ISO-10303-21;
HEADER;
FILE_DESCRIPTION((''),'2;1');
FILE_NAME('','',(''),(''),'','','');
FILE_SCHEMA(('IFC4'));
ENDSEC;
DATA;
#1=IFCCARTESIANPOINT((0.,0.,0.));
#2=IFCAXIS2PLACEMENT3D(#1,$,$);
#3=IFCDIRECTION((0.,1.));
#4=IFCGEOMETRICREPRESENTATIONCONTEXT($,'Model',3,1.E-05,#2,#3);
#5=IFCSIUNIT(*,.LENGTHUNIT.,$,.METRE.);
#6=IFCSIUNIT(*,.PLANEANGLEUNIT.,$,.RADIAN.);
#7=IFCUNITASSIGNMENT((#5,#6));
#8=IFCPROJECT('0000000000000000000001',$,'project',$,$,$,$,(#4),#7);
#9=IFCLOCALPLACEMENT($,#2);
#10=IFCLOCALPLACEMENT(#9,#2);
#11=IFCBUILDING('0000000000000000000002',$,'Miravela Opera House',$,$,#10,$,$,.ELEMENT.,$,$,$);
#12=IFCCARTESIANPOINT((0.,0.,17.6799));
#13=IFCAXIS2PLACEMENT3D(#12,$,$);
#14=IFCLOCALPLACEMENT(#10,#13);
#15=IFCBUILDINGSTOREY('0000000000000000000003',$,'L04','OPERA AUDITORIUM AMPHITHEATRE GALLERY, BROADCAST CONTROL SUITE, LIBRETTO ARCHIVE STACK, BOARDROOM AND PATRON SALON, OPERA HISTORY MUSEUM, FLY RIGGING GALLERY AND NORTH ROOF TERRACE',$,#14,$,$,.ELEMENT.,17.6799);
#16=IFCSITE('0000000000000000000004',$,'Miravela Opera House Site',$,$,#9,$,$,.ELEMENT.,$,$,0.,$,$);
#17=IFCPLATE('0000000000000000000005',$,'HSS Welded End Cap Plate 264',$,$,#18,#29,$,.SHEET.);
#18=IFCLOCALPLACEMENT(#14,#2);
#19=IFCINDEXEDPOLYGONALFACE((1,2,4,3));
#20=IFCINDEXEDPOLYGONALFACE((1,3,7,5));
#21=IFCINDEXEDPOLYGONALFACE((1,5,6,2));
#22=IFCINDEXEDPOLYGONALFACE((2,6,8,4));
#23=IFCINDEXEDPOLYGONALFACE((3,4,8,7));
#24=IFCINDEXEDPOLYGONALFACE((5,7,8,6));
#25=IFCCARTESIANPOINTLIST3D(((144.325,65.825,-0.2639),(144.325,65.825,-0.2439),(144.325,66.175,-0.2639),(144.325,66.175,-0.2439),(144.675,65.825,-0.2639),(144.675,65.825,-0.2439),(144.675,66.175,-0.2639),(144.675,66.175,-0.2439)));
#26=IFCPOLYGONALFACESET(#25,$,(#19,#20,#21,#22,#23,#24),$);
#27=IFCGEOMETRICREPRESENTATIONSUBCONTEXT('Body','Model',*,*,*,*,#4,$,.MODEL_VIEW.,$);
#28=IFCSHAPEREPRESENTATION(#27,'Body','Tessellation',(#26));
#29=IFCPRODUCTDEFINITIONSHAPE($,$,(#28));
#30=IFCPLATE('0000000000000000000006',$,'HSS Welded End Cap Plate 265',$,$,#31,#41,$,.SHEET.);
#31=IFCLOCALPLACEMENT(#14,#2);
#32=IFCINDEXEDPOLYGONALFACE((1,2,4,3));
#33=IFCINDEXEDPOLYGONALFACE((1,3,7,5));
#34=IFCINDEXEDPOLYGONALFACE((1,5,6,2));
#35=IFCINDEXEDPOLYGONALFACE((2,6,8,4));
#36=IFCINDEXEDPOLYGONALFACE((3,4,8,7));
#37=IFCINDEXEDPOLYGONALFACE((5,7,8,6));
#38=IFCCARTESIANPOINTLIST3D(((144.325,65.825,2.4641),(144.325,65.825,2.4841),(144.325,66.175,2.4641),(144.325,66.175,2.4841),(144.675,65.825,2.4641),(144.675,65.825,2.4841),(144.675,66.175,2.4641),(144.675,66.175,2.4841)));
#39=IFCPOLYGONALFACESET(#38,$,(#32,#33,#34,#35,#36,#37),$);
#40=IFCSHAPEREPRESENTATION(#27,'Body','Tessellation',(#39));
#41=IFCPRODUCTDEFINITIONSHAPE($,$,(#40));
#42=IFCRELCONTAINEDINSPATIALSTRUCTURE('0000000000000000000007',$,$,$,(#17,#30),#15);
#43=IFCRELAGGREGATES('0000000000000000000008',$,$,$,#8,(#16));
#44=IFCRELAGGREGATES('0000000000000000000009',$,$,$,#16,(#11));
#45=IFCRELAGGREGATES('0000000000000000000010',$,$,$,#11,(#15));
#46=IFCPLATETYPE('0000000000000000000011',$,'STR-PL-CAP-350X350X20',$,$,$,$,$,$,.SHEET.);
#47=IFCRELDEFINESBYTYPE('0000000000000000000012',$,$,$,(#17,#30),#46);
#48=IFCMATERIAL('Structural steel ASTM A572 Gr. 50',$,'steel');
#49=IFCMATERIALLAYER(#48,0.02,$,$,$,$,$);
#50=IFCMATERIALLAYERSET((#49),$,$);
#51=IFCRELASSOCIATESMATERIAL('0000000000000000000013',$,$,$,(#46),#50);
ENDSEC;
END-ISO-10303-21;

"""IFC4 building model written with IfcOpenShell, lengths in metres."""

from ifc_helpers import new_model, si_unit, direction, frame, origin, origin_2d, place, context, subcontext, project, spatial, rectangle, extrude, material, layer, layer_set, type_object, element, save


model = new_model("IFC4")

# Units and contexts
model_context = context("Model", 3, precision=1e-05, world=origin(), true_north=direction((0.0, 1.0)))
body_context = subcontext(model_context, "Body", "Model", "MODEL_VIEW")
ifc_project = project(units=[si_unit("LENGTHUNIT", "METRE"), si_unit("PLANEANGLEUNIT", "RADIAN")], contexts=[model_context])

# Site, building, storey
site_placement = place(None, origin())
site = spatial("IfcSite", under=ifc_project, at=site_placement, Name="Miravela Opera House Site", CompositionType="ELEMENT", RefElevation=0.0)
building_placement = place(site_placement, origin())
building = spatial("IfcBuilding", under=site, at=building_placement, Name="Miravela Opera House", CompositionType="ELEMENT")
storey_placement = place(building_placement, frame((0.0, 0.0, 17.6799)))
storey = spatial("IfcBuildingStorey", under=building, at=storey_placement, Name="L04", Description="OPERA AUDITORIUM AMPHITHEATRE GALLERY, BROADCAST CONTROL SUITE, LIBRETTO ARCHIVE STACK, BOARDROOM AND PATRON SALON, OPERA HISTORY MUSEUM, FLY RIGGING GALLERY AND NORTH ROOF TERRACE", CompositionType="ELEMENT", Elevation=17.6799)

# Plates
ifc_material_1 = material(Name="Structural steel ASTM A572 Gr. 50", Category="steel")
ifc_layer = layer(ifc_material_1, 0.02)
ifc_layer_set = layer_set([ifc_layer])
plate_type = type_object("IfcPlateType", Name="STR-PL-CAP-350X350X20", PredefinedType="SHEET", material=ifc_layer_set)
for number, where, z_axis, x_axis, name in (
    (1, (144.5, 66.0, -0.2639), (0.0, 0.0, 1.0), (1.0, 0.0, 0.0), "HSS Welded End Cap Plate 264"),
    (2, (144.5, 66.0, 2.4641), (0.0, 0.0, 1.0), (1.0, 0.0, 0.0), "HSS Welded End Cap Plate 265"),
):
    element("IfcPlate", number, at=place(storey_placement, frame(where, z_axis=z_axis, x_axis=x_axis)), inside=storey, type_object=plate_type, Name=name, PredefinedType="SHEET", context=body_context, shape_type="SweptSolid", body=[
        extrude(rectangle(XDim=0.3501, YDim=0.3501, at=origin_2d()), origin(), (0.0, 0.0, 1.0), 0.02),
    ])

save(model, "model.ifc")
